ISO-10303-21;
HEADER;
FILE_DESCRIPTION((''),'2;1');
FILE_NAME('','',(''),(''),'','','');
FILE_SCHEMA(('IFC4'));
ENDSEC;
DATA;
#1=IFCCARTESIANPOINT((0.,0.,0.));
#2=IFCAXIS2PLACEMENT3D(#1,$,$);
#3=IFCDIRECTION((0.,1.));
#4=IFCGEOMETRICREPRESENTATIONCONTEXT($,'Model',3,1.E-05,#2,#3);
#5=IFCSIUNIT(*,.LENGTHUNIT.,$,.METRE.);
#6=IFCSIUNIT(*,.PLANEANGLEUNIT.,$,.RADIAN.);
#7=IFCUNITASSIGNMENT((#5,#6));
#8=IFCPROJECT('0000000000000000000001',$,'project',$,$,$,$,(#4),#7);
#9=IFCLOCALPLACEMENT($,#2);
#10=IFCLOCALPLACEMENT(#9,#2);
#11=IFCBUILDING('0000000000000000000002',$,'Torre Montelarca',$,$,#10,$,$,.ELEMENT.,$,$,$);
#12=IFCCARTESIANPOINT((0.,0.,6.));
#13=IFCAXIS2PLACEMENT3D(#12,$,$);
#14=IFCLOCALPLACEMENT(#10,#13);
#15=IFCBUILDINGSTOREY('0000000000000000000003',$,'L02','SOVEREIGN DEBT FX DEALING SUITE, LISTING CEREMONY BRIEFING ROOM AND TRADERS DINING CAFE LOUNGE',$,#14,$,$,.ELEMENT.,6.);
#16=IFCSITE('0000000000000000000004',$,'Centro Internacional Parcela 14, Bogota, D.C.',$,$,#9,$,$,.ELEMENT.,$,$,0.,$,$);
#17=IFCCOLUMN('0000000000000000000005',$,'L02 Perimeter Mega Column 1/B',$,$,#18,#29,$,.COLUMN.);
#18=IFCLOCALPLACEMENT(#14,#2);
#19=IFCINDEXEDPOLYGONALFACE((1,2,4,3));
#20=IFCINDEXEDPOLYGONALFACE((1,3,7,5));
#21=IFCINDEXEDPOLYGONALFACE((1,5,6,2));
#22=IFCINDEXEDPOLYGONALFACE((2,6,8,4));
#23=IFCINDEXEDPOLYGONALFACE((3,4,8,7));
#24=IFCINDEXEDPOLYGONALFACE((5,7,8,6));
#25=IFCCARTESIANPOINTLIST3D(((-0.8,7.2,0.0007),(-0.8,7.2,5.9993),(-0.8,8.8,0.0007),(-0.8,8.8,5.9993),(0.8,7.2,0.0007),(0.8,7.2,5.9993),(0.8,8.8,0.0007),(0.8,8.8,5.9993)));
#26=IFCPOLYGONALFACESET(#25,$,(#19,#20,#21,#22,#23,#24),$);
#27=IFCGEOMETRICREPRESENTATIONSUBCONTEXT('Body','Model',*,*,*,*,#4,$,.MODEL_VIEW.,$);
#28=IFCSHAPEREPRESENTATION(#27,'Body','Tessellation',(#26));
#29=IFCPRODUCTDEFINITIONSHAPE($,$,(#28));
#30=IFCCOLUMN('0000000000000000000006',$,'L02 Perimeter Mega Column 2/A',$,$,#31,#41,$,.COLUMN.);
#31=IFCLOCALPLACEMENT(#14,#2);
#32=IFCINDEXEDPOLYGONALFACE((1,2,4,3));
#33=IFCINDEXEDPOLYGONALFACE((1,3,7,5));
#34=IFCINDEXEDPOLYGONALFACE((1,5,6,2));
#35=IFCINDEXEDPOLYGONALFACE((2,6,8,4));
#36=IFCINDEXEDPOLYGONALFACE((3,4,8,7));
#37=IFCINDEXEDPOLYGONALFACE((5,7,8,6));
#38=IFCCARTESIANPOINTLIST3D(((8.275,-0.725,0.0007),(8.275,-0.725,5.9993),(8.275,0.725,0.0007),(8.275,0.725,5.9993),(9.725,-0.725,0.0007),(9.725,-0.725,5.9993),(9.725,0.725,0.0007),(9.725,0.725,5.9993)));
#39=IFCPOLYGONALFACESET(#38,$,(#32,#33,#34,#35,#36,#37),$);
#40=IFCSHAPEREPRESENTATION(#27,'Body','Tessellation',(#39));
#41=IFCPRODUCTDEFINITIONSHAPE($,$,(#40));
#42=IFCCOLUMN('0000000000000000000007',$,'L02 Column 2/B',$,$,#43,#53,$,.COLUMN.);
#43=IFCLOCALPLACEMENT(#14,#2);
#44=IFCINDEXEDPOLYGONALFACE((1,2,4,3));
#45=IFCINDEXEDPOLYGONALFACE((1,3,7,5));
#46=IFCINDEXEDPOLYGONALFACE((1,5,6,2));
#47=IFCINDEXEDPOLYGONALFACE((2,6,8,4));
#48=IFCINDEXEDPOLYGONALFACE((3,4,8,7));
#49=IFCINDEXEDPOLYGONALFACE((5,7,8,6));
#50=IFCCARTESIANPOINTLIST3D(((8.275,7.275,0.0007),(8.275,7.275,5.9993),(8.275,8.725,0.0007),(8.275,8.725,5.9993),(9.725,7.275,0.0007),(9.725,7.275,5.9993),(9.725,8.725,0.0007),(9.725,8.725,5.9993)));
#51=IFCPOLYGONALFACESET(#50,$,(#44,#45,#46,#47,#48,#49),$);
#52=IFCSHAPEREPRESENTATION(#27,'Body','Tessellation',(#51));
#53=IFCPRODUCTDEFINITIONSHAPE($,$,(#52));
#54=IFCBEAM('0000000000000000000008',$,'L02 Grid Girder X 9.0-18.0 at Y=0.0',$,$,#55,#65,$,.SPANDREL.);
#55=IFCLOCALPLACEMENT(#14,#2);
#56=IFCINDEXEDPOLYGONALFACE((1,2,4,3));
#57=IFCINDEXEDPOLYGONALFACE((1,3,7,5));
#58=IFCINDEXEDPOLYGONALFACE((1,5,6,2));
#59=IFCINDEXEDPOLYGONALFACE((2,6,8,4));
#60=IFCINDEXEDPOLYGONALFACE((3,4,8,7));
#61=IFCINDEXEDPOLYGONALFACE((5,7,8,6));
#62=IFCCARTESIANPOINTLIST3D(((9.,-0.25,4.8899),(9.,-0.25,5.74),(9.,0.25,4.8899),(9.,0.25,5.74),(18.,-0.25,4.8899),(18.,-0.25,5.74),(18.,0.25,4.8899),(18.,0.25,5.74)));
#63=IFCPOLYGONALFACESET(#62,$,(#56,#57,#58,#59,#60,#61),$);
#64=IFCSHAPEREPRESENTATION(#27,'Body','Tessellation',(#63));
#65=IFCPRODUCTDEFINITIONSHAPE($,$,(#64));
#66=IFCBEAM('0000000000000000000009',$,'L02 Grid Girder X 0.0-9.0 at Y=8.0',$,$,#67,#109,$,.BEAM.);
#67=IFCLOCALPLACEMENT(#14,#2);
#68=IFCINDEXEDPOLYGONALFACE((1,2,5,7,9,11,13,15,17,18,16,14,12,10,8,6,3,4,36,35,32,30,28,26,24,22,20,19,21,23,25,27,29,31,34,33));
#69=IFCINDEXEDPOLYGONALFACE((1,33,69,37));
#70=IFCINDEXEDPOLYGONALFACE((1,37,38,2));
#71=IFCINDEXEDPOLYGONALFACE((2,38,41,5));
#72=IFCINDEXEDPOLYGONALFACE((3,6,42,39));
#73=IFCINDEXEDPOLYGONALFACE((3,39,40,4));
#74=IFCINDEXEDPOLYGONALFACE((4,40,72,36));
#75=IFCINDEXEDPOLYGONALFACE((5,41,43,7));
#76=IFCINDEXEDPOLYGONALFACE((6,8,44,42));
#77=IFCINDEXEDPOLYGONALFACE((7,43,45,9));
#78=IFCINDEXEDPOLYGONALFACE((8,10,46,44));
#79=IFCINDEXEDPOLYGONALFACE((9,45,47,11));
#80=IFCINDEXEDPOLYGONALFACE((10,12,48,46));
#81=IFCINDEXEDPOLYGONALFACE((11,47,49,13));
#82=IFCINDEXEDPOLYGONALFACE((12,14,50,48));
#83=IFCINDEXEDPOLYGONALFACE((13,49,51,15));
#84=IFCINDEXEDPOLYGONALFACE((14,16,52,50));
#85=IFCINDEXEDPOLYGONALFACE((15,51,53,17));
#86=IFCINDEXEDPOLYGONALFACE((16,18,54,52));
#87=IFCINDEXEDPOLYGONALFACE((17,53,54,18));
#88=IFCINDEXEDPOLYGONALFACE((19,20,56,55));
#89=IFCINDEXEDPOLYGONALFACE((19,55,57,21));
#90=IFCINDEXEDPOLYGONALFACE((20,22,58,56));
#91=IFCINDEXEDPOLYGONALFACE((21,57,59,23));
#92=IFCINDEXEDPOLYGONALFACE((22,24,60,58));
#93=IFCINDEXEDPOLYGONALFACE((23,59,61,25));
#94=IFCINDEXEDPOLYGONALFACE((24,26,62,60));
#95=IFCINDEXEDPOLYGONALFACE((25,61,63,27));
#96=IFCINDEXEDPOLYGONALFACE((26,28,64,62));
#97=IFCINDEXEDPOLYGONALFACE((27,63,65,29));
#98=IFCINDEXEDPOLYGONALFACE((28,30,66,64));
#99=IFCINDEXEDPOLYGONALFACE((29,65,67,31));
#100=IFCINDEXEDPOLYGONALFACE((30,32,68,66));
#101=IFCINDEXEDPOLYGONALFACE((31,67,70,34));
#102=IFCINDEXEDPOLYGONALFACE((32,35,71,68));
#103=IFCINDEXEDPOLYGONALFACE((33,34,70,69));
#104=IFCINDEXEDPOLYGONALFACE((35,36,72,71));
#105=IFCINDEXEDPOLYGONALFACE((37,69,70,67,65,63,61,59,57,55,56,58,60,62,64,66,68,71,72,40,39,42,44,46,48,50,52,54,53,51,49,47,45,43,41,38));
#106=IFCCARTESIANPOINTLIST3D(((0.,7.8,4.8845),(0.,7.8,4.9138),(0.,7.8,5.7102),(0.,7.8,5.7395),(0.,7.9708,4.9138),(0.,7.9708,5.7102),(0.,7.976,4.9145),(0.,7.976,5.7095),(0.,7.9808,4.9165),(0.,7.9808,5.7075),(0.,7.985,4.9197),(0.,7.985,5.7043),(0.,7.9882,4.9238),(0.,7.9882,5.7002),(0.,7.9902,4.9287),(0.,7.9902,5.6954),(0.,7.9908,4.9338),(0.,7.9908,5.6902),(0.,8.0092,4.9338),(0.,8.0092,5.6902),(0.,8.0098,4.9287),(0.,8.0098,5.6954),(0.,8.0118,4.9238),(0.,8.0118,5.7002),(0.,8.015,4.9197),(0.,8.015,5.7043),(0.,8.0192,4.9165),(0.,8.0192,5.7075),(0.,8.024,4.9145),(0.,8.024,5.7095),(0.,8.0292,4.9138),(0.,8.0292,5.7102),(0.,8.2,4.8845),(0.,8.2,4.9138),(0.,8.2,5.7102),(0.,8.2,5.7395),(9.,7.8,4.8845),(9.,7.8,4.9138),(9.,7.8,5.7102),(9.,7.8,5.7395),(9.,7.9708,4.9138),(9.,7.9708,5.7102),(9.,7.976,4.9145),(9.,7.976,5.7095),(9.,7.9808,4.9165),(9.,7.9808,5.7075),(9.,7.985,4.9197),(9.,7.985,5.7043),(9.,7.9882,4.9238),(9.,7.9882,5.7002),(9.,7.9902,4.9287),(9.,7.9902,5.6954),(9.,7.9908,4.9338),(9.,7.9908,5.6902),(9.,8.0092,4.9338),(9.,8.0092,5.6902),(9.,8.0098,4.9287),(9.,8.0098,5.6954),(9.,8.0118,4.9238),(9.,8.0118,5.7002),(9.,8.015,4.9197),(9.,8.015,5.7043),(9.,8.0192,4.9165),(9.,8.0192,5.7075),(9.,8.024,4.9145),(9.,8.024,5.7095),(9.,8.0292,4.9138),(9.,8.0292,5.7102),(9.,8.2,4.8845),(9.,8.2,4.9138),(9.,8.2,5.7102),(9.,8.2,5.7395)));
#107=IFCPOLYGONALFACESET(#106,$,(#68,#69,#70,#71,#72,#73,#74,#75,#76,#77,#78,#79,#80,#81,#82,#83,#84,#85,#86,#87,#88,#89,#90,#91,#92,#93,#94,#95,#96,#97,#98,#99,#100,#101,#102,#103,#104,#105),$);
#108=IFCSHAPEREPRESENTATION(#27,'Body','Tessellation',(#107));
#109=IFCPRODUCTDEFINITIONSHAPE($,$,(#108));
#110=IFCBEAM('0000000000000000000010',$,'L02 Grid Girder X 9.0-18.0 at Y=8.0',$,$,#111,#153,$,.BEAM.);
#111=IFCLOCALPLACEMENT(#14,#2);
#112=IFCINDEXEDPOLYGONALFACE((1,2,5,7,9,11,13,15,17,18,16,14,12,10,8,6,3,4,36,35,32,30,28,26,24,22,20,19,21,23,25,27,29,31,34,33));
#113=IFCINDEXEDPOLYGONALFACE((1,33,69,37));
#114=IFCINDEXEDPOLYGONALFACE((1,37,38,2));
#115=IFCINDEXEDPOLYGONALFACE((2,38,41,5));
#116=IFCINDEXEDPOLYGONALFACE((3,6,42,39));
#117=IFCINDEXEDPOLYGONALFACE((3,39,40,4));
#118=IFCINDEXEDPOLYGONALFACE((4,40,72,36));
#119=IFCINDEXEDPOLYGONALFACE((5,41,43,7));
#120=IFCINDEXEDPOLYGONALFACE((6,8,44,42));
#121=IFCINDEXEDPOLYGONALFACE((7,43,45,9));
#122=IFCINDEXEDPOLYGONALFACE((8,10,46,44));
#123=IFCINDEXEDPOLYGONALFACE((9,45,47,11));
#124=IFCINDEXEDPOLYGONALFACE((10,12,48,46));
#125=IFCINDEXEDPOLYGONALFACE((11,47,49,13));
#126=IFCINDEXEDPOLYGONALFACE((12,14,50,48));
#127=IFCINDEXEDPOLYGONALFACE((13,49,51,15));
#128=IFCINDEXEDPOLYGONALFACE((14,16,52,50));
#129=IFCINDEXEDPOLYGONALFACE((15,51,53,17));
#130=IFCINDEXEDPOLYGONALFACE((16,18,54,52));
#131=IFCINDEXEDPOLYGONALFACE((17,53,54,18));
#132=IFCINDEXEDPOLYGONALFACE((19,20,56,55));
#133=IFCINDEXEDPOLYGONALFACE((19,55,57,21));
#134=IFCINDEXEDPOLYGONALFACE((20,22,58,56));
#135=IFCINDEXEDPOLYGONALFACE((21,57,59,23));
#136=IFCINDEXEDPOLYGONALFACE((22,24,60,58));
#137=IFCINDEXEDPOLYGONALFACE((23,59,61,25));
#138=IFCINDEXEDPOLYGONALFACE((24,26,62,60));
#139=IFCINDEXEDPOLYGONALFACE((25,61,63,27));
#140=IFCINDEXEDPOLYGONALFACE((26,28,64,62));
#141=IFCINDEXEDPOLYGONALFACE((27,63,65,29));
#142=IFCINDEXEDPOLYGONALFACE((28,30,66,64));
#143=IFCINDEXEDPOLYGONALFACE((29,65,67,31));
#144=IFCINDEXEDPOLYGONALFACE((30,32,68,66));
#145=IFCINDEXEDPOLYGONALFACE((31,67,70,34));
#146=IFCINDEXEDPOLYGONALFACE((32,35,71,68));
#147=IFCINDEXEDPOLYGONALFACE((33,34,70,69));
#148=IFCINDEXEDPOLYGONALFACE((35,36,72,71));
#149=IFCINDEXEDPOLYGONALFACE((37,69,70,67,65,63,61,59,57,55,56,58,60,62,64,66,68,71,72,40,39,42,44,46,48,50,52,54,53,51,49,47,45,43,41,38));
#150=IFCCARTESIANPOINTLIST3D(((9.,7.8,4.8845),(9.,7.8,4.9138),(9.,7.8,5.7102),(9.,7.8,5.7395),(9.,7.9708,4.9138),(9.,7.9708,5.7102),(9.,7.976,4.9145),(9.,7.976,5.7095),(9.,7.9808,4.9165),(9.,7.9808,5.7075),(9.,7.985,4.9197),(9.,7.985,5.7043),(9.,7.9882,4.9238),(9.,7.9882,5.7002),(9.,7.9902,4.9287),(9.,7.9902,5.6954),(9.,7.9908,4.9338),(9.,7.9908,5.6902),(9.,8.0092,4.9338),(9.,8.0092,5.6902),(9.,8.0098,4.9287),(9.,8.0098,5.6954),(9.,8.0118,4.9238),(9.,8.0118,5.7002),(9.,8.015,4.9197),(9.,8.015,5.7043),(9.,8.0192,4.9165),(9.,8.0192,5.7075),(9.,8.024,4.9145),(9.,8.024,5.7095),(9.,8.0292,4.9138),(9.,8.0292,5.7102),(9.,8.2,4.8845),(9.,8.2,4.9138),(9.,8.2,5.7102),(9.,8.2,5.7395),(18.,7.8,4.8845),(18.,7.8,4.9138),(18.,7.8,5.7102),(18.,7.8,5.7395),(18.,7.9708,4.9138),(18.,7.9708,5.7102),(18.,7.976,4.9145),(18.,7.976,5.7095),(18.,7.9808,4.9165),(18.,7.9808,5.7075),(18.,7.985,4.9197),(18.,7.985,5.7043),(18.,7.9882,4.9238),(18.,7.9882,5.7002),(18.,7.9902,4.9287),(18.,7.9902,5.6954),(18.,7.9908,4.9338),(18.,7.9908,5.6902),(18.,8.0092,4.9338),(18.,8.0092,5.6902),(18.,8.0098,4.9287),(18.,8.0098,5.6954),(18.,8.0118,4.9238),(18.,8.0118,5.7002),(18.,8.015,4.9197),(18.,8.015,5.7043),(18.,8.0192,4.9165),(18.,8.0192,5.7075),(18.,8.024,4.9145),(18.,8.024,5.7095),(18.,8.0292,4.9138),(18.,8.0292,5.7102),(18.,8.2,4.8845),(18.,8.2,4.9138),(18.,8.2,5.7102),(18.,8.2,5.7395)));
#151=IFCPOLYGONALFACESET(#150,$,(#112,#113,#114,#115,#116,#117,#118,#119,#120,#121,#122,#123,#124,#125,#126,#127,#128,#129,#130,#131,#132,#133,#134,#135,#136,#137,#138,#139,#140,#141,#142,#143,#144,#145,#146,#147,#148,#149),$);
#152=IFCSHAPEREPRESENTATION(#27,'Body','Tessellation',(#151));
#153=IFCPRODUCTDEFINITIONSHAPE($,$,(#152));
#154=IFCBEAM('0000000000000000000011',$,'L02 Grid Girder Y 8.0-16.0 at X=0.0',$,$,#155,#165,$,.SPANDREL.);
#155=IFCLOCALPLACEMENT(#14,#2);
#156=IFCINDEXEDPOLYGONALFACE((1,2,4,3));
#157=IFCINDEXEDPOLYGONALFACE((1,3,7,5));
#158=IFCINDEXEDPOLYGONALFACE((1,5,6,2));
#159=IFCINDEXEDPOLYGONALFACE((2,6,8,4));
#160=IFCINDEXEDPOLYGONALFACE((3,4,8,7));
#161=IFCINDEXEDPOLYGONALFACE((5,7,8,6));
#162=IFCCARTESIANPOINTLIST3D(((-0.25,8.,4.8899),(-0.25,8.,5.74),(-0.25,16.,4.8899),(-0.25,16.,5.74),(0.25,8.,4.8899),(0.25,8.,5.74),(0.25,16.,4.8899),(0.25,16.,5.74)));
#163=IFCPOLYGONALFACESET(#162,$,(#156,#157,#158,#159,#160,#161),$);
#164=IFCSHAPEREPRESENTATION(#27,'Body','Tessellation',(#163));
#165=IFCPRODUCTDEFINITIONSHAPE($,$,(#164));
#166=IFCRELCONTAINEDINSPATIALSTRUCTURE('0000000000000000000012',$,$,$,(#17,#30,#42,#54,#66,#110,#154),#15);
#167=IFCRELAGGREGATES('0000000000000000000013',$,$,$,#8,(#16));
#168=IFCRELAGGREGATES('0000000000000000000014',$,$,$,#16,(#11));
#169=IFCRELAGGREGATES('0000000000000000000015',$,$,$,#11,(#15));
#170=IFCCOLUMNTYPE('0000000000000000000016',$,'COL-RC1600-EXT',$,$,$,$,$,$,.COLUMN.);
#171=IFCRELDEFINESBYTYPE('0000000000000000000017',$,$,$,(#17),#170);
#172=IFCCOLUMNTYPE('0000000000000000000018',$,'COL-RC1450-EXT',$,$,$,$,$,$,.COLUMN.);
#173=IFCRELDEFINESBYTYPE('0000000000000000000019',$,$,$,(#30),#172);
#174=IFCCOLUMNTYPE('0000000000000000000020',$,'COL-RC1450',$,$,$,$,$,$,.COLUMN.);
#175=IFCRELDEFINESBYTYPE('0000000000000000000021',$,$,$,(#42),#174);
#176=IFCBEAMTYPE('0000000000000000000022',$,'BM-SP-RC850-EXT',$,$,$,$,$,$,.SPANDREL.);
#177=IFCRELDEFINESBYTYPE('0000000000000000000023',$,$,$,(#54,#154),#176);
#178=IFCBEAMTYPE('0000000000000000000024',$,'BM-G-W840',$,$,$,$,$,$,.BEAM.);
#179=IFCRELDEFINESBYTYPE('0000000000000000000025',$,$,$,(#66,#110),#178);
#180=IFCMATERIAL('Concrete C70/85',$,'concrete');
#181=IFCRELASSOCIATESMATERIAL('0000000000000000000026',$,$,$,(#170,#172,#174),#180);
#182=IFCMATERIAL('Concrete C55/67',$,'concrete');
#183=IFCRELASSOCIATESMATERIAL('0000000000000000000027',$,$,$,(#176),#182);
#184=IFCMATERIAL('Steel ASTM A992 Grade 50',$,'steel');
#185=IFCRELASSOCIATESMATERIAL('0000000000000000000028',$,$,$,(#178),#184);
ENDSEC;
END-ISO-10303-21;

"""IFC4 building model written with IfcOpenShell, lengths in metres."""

from ifc_helpers import new_model, si_unit, direction, frame, origin, origin_2d, place, context, subcontext, project, spatial, rectangle, i_section, extrude, source, transform, mapped, material, material_profile, profile_set, type_object, element, save


model = new_model("IFC4")

# Units and contexts
model_context = context("Model", 3, precision=1e-05, world=origin(), true_north=direction((0.0, 1.0)))
body_context = subcontext(model_context, "Body", "Model", "MODEL_VIEW")
ifc_project = project(units=[si_unit("LENGTHUNIT", "METRE"), si_unit("PLANEANGLEUNIT", "RADIAN")], contexts=[model_context])

# Site, building, storey
site_placement = place(None, origin())
site = spatial("IfcSite", under=ifc_project, at=site_placement, Name="Centro Internacional Parcela 14, Bogota, D.C.", CompositionType="ELEMENT", RefElevation=0.0)
building_placement = place(site_placement, origin())
building = spatial("IfcBuilding", under=site, at=building_placement, Name="Torre Montelarca", CompositionType="ELEMENT")
storey_placement = place(building_placement, frame((0.0, 0.0, 6.0)))
storey = spatial("IfcBuildingStorey", under=building, at=storey_placement, Name="L02", Description="SOVEREIGN DEBT FX DEALING SUITE, LISTING CEREMONY BRIEFING ROOM AND TRADERS DINING CAFE LOUNGE", CompositionType="ELEMENT", Elevation=6.0)

# Columns
ifc_material_1 = material(Name="Concrete C70/85", Category="concrete")
ifc_material_profile_1 = material_profile(ifc_material_1, rectangle(XDim=1.6001, YDim=1.6001, at=origin_2d()), Name="RC1600X1600", Category="concrete")
ifc_profile_set_1 = profile_set([ifc_material_profile_1], Name="Concrete C70/85")
column_type_1 = type_object("IfcColumnType", Name="COL-RC1600-EXT", PredefinedType="COLUMN", material=ifc_profile_set_1)
shared_shape_1 = source(origin(), body_context, "Body", "SweptSolid", [
    extrude(rectangle(XDim=1.6001, YDim=1.6001, at=origin_2d()), origin(), (0.0, 0.0, 1.0), 5.9985),
])
column_1_placement = place(storey_placement, frame((0.0, 8.0, 0.0007), z_axis=(0.0, 0.0, 1.0), x_axis=(1.0, 0.0, 0.0)))
element("IfcColumn", 1, at=column_1_placement, inside=storey, type_object=column_type_1, Name="L02 Perimeter Mega Column 1/B", PredefinedType="COLUMN", context=body_context, shape_type="MappedRepresentation", body=[
    mapped(shared_shape_1, transform((0.0, 0.0, 0.0), scale=1.0)),
])
ifc_material_profile_2 = material_profile(ifc_material_1, rectangle(XDim=1.45, YDim=1.45, at=origin_2d()), Name="RC1450X1450", Category="concrete")
ifc_profile_set_2 = profile_set([ifc_material_profile_2], Name="Concrete C70/85")
column_type_2 = type_object("IfcColumnType", Name="COL-RC1450-EXT", PredefinedType="COLUMN", material=ifc_profile_set_2)
shared_shape_2 = source(origin(), body_context, "Body", "SweptSolid", [
    extrude(rectangle(XDim=1.45, YDim=1.45, at=origin_2d()), origin(), (0.0, 0.0, 1.0), 5.9985),
])
column_2_placement = place(storey_placement, frame((9.0, 0.0, 0.0007), z_axis=(0.0, 0.0, 1.0), x_axis=(1.0, 0.0, 0.0)))
element("IfcColumn", 2, at=column_2_placement, inside=storey, type_object=column_type_2, Name="L02 Perimeter Mega Column 2/A", PredefinedType="COLUMN", context=body_context, shape_type="MappedRepresentation", body=[
    mapped(shared_shape_2, transform((0.0, 0.0, 0.0), scale=1.0)),
])
ifc_material_profile_3 = material_profile(ifc_material_1, rectangle(XDim=1.45, YDim=1.45, at=origin_2d()), Name="RC1450X1450", Category="concrete")
ifc_profile_set_3 = profile_set([ifc_material_profile_3], Name="Concrete C70/85")
column_type_3 = type_object("IfcColumnType", Name="COL-RC1450", PredefinedType="COLUMN", material=ifc_profile_set_3)
shared_shape_3 = source(origin(), body_context, "Body", "SweptSolid", [
    extrude(rectangle(XDim=1.45, YDim=1.45, at=origin_2d()), origin(), (0.0, 0.0, 1.0), 5.9985),
])
column_3_placement = place(storey_placement, frame((9.0, 8.0, 0.0007), z_axis=(0.0, 0.0, 1.0), x_axis=(1.0, 0.0, 0.0)))
element("IfcColumn", 3, at=column_3_placement, inside=storey, type_object=column_type_3, Name="L02 Column 2/B", PredefinedType="COLUMN", context=body_context, shape_type="MappedRepresentation", body=[
    mapped(shared_shape_3, transform((0.0, 0.0, 0.0), scale=1.0)),
])

# Beams
ifc_material_2 = material(Name="Concrete C55/67", Category="concrete")
ifc_material_profile_4 = material_profile(ifc_material_2, rectangle(XDim=0.5, YDim=0.8501, at=origin_2d()), Name="RCB500X850", Category="concrete")
ifc_profile_set_4 = profile_set([ifc_material_profile_4], Name="Concrete C55/67")
beam_type_1 = type_object("IfcBeamType", Name="BM-SP-RC850-EXT", PredefinedType="SPANDREL", material=ifc_profile_set_4)
shared_shape_4 = source(origin(), body_context, "Body", "SweptSolid", [
    extrude(rectangle(XDim=0.5, YDim=0.8501, at=origin_2d()), origin(), (0.0, 0.0, 1.0), 9.0),
])
beam_1_placement = place(storey_placement, frame((9.0, 0.0, 5.3149), z_axis=(1.0, 0.0, 0.0), x_axis=(0.0, 1.0, 0.0)))
element("IfcBeam", 4, at=beam_1_placement, inside=storey, type_object=beam_type_1, Name="L02 Grid Girder X 9.0-18.0 at Y=0.0", PredefinedType="SPANDREL", context=body_context, shape_type="MappedRepresentation", body=[
    mapped(shared_shape_4, transform((0.0, 0.0, 0.0), scale=1.0)),
])
ifc_material_3 = material(Name="Steel ASTM A992 Grade 50", Category="steel")
ifc_material_profile_5 = material_profile(ifc_material_3, i_section(OverallWidth=0.3999, OverallDepth=0.855, WebThickness=0.0183, FlangeThickness=0.0293, FilletRadius=0.02, at=origin_2d()), Name="W840X299", Category="steel")
ifc_profile_set_5 = profile_set([ifc_material_profile_5], Name="Steel ASTM A992 Grade 50")
beam_type_2 = type_object("IfcBeamType", Name="BM-G-W840", PredefinedType="BEAM", material=ifc_profile_set_5)
shared_shape_5 = source(origin(), body_context, "Body", "SweptSolid", [
    extrude(i_section(OverallWidth=0.3999, OverallDepth=0.855, WebThickness=0.0183, FlangeThickness=0.0293, FilletRadius=0.02, at=origin_2d()), origin(), (0.0, 0.0, 1.0), 9.0),
])
for number, where, z_axis, x_axis, name in (
    (5, (0.0, 8.0, 5.312), (1.0, 0.0, 0.0), (0.0, 1.0, 0.0), "L02 Grid Girder X 0.0-9.0 at Y=8.0"),
    (6, (9.0, 8.0, 5.312), (1.0, 0.0, 0.0), (0.0, 1.0, 0.0), "L02 Grid Girder X 9.0-18.0 at Y=8.0"),
):
    element("IfcBeam", number, at=place(storey_placement, frame(where, z_axis=z_axis, x_axis=x_axis)), inside=storey, type_object=beam_type_2, Name=name, PredefinedType="BEAM", context=body_context, shape_type="MappedRepresentation", body=[
        mapped(shared_shape_5, transform((0.0, 0.0, 0.0), scale=1.0)),
    ])
shared_shape_6 = source(origin(), body_context, "Body", "SweptSolid", [
    extrude(rectangle(XDim=0.5, YDim=0.8501, at=origin_2d()), origin(), (0.0, 0.0, 1.0), 8.0),
])
beam_2_placement = place(storey_placement, frame((0.0, 8.0, 5.3149), z_axis=(0.0, 1.0, 0.0), x_axis=(-1.0, 0.0, 0.0)))
element("IfcBeam", 7, at=beam_2_placement, inside=storey, type_object=beam_type_1, Name="L02 Grid Girder Y 8.0-16.0 at X=0.0", PredefinedType="SPANDREL", context=body_context, shape_type="MappedRepresentation", body=[
    mapped(shared_shape_6, transform((0.0, 0.0, 0.0), scale=1.0)),
])

save(model, "model.ifc")
